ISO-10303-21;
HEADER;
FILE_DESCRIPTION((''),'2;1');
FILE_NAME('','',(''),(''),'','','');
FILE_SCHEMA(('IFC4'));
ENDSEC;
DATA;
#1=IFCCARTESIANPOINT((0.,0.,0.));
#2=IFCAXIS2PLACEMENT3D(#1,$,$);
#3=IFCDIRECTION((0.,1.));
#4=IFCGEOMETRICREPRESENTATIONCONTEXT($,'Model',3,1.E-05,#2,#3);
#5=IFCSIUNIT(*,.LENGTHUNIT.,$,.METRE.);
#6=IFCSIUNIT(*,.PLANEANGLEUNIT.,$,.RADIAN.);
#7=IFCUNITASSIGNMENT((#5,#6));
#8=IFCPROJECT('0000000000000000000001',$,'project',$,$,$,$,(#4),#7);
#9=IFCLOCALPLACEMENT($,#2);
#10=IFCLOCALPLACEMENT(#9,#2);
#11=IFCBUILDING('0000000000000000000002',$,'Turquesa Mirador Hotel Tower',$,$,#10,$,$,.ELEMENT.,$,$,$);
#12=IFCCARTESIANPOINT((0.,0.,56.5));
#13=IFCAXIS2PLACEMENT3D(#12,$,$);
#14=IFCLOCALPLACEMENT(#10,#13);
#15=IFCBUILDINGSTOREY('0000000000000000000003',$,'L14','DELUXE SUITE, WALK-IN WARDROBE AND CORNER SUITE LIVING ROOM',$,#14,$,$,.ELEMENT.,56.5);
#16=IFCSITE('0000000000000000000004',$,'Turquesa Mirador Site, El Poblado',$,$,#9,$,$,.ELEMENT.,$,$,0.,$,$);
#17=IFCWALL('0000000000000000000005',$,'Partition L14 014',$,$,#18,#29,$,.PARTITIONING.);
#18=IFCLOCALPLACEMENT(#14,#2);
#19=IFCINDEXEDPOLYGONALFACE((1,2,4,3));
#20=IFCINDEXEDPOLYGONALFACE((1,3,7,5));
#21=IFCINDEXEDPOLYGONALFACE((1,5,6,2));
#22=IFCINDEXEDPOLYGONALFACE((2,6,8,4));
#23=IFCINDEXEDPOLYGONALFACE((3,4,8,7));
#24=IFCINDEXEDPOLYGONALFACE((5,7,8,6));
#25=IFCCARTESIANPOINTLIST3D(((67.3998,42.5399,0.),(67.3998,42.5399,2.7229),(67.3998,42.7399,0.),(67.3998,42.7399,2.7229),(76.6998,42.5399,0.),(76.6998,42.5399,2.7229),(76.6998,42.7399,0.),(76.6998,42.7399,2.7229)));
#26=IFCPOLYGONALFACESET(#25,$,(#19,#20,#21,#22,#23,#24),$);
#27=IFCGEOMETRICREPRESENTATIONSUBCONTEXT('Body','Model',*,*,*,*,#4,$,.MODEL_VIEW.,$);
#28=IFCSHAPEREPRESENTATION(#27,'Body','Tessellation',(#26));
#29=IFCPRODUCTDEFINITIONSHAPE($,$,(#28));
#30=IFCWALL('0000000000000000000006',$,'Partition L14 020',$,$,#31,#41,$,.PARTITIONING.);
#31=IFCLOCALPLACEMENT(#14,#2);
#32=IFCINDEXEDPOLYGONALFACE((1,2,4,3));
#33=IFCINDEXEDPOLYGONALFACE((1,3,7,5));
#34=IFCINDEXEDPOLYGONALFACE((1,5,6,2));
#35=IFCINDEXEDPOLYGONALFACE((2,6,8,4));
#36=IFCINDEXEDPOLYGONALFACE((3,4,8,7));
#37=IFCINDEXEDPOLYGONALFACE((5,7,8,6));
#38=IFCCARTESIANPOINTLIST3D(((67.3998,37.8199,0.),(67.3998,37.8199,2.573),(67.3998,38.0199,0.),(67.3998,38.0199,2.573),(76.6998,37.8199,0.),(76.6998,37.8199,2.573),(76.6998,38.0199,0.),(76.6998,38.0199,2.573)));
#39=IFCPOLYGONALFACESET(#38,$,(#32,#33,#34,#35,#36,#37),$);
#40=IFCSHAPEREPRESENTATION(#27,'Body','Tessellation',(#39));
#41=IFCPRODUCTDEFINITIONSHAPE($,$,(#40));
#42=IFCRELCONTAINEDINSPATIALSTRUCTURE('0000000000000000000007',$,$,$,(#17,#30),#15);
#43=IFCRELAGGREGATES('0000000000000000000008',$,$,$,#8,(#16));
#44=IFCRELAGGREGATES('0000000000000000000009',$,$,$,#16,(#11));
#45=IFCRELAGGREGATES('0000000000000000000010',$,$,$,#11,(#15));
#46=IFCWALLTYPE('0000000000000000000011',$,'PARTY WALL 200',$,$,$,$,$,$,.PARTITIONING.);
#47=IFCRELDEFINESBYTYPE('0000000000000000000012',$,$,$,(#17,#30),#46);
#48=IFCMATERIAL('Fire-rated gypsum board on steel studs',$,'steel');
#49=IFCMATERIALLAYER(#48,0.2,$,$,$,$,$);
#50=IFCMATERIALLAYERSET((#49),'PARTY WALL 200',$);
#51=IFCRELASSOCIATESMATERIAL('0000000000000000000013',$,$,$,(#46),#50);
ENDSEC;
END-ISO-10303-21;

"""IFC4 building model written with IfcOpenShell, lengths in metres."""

from ifc_helpers import new_model, si_unit, direction, frame, frame_2d, origin, place, context, subcontext, project, spatial, rectangle, extrude, material, layer, layer_set, type_object, element, save


model = new_model("IFC4")

# Units and contexts
model_context = context("Model", 3, precision=1e-05, world=origin(), true_north=direction((0.0, 1.0)))
body_context = subcontext(model_context, "Body", "Model", "MODEL_VIEW")
ifc_project = project(units=[si_unit("LENGTHUNIT", "METRE"), si_unit("PLANEANGLEUNIT", "RADIAN")], contexts=[model_context])

# Site, building, storey
site_placement = place(None, origin())
site = spatial("IfcSite", under=ifc_project, at=site_placement, Name="Turquesa Mirador Site, El Poblado", CompositionType="ELEMENT", RefElevation=0.0)
building_placement = place(site_placement, origin())
building = spatial("IfcBuilding", under=site, at=building_placement, Name="Turquesa Mirador Hotel Tower", CompositionType="ELEMENT")
storey_placement = place(building_placement, frame((0.0, 0.0, 56.5)))
storey = spatial("IfcBuildingStorey", under=building, at=storey_placement, Name="L14", Description="DELUXE SUITE, WALK-IN WARDROBE AND CORNER SUITE LIVING ROOM", CompositionType="ELEMENT", Elevation=56.5)

# Walls
ifc_material_1 = material(Name="Fire-rated gypsum board on steel studs", Category="steel")
ifc_layer_1 = layer(ifc_material_1, 0.2)
ifc_layer_set_1 = layer_set([ifc_layer_1], Name="PARTY WALL 200")
wall_type_1 = type_object("IfcWallType", Name="PARTY WALL 200", PredefinedType="PARTITIONING", material=ifc_layer_set_1)
wall_1_placement = place(storey_placement, frame((67.3999, 42.6399, 0.0), z_axis=(0.0, 0.0, 1.0), x_axis=(1.0, 0.0, 0.0)))
element("IfcWall", 1, at=wall_1_placement, inside=storey, type_object=wall_type_1, Name="Partition L14 014", PredefinedType="PARTITIONING", context=body_context, shape_type="SweptSolid", body=[
    extrude(rectangle(XDim=9.3, YDim=0.2, at=frame_2d((4.6499, 0.0))), origin(), (0.0, 0.0, 1.0), 2.7229),
])
wall_2_placement = place(storey_placement, frame((67.3999, 37.9199, 0.0), z_axis=(0.0, 0.0, 1.0), x_axis=(1.0, 0.0, 0.0)))
element("IfcWall", 2, at=wall_2_placement, inside=storey, type_object=wall_type_1, Name="Partition L14 020", PredefinedType="PARTITIONING", context=body_context, shape_type="SweptSolid", body=[
    extrude(rectangle(XDim=9.3, YDim=0.2, at=frame_2d((4.6499, 0.0))), origin(), (0.0, 0.0, 1.0), 2.573),
])

save(model, "model.ifc")
